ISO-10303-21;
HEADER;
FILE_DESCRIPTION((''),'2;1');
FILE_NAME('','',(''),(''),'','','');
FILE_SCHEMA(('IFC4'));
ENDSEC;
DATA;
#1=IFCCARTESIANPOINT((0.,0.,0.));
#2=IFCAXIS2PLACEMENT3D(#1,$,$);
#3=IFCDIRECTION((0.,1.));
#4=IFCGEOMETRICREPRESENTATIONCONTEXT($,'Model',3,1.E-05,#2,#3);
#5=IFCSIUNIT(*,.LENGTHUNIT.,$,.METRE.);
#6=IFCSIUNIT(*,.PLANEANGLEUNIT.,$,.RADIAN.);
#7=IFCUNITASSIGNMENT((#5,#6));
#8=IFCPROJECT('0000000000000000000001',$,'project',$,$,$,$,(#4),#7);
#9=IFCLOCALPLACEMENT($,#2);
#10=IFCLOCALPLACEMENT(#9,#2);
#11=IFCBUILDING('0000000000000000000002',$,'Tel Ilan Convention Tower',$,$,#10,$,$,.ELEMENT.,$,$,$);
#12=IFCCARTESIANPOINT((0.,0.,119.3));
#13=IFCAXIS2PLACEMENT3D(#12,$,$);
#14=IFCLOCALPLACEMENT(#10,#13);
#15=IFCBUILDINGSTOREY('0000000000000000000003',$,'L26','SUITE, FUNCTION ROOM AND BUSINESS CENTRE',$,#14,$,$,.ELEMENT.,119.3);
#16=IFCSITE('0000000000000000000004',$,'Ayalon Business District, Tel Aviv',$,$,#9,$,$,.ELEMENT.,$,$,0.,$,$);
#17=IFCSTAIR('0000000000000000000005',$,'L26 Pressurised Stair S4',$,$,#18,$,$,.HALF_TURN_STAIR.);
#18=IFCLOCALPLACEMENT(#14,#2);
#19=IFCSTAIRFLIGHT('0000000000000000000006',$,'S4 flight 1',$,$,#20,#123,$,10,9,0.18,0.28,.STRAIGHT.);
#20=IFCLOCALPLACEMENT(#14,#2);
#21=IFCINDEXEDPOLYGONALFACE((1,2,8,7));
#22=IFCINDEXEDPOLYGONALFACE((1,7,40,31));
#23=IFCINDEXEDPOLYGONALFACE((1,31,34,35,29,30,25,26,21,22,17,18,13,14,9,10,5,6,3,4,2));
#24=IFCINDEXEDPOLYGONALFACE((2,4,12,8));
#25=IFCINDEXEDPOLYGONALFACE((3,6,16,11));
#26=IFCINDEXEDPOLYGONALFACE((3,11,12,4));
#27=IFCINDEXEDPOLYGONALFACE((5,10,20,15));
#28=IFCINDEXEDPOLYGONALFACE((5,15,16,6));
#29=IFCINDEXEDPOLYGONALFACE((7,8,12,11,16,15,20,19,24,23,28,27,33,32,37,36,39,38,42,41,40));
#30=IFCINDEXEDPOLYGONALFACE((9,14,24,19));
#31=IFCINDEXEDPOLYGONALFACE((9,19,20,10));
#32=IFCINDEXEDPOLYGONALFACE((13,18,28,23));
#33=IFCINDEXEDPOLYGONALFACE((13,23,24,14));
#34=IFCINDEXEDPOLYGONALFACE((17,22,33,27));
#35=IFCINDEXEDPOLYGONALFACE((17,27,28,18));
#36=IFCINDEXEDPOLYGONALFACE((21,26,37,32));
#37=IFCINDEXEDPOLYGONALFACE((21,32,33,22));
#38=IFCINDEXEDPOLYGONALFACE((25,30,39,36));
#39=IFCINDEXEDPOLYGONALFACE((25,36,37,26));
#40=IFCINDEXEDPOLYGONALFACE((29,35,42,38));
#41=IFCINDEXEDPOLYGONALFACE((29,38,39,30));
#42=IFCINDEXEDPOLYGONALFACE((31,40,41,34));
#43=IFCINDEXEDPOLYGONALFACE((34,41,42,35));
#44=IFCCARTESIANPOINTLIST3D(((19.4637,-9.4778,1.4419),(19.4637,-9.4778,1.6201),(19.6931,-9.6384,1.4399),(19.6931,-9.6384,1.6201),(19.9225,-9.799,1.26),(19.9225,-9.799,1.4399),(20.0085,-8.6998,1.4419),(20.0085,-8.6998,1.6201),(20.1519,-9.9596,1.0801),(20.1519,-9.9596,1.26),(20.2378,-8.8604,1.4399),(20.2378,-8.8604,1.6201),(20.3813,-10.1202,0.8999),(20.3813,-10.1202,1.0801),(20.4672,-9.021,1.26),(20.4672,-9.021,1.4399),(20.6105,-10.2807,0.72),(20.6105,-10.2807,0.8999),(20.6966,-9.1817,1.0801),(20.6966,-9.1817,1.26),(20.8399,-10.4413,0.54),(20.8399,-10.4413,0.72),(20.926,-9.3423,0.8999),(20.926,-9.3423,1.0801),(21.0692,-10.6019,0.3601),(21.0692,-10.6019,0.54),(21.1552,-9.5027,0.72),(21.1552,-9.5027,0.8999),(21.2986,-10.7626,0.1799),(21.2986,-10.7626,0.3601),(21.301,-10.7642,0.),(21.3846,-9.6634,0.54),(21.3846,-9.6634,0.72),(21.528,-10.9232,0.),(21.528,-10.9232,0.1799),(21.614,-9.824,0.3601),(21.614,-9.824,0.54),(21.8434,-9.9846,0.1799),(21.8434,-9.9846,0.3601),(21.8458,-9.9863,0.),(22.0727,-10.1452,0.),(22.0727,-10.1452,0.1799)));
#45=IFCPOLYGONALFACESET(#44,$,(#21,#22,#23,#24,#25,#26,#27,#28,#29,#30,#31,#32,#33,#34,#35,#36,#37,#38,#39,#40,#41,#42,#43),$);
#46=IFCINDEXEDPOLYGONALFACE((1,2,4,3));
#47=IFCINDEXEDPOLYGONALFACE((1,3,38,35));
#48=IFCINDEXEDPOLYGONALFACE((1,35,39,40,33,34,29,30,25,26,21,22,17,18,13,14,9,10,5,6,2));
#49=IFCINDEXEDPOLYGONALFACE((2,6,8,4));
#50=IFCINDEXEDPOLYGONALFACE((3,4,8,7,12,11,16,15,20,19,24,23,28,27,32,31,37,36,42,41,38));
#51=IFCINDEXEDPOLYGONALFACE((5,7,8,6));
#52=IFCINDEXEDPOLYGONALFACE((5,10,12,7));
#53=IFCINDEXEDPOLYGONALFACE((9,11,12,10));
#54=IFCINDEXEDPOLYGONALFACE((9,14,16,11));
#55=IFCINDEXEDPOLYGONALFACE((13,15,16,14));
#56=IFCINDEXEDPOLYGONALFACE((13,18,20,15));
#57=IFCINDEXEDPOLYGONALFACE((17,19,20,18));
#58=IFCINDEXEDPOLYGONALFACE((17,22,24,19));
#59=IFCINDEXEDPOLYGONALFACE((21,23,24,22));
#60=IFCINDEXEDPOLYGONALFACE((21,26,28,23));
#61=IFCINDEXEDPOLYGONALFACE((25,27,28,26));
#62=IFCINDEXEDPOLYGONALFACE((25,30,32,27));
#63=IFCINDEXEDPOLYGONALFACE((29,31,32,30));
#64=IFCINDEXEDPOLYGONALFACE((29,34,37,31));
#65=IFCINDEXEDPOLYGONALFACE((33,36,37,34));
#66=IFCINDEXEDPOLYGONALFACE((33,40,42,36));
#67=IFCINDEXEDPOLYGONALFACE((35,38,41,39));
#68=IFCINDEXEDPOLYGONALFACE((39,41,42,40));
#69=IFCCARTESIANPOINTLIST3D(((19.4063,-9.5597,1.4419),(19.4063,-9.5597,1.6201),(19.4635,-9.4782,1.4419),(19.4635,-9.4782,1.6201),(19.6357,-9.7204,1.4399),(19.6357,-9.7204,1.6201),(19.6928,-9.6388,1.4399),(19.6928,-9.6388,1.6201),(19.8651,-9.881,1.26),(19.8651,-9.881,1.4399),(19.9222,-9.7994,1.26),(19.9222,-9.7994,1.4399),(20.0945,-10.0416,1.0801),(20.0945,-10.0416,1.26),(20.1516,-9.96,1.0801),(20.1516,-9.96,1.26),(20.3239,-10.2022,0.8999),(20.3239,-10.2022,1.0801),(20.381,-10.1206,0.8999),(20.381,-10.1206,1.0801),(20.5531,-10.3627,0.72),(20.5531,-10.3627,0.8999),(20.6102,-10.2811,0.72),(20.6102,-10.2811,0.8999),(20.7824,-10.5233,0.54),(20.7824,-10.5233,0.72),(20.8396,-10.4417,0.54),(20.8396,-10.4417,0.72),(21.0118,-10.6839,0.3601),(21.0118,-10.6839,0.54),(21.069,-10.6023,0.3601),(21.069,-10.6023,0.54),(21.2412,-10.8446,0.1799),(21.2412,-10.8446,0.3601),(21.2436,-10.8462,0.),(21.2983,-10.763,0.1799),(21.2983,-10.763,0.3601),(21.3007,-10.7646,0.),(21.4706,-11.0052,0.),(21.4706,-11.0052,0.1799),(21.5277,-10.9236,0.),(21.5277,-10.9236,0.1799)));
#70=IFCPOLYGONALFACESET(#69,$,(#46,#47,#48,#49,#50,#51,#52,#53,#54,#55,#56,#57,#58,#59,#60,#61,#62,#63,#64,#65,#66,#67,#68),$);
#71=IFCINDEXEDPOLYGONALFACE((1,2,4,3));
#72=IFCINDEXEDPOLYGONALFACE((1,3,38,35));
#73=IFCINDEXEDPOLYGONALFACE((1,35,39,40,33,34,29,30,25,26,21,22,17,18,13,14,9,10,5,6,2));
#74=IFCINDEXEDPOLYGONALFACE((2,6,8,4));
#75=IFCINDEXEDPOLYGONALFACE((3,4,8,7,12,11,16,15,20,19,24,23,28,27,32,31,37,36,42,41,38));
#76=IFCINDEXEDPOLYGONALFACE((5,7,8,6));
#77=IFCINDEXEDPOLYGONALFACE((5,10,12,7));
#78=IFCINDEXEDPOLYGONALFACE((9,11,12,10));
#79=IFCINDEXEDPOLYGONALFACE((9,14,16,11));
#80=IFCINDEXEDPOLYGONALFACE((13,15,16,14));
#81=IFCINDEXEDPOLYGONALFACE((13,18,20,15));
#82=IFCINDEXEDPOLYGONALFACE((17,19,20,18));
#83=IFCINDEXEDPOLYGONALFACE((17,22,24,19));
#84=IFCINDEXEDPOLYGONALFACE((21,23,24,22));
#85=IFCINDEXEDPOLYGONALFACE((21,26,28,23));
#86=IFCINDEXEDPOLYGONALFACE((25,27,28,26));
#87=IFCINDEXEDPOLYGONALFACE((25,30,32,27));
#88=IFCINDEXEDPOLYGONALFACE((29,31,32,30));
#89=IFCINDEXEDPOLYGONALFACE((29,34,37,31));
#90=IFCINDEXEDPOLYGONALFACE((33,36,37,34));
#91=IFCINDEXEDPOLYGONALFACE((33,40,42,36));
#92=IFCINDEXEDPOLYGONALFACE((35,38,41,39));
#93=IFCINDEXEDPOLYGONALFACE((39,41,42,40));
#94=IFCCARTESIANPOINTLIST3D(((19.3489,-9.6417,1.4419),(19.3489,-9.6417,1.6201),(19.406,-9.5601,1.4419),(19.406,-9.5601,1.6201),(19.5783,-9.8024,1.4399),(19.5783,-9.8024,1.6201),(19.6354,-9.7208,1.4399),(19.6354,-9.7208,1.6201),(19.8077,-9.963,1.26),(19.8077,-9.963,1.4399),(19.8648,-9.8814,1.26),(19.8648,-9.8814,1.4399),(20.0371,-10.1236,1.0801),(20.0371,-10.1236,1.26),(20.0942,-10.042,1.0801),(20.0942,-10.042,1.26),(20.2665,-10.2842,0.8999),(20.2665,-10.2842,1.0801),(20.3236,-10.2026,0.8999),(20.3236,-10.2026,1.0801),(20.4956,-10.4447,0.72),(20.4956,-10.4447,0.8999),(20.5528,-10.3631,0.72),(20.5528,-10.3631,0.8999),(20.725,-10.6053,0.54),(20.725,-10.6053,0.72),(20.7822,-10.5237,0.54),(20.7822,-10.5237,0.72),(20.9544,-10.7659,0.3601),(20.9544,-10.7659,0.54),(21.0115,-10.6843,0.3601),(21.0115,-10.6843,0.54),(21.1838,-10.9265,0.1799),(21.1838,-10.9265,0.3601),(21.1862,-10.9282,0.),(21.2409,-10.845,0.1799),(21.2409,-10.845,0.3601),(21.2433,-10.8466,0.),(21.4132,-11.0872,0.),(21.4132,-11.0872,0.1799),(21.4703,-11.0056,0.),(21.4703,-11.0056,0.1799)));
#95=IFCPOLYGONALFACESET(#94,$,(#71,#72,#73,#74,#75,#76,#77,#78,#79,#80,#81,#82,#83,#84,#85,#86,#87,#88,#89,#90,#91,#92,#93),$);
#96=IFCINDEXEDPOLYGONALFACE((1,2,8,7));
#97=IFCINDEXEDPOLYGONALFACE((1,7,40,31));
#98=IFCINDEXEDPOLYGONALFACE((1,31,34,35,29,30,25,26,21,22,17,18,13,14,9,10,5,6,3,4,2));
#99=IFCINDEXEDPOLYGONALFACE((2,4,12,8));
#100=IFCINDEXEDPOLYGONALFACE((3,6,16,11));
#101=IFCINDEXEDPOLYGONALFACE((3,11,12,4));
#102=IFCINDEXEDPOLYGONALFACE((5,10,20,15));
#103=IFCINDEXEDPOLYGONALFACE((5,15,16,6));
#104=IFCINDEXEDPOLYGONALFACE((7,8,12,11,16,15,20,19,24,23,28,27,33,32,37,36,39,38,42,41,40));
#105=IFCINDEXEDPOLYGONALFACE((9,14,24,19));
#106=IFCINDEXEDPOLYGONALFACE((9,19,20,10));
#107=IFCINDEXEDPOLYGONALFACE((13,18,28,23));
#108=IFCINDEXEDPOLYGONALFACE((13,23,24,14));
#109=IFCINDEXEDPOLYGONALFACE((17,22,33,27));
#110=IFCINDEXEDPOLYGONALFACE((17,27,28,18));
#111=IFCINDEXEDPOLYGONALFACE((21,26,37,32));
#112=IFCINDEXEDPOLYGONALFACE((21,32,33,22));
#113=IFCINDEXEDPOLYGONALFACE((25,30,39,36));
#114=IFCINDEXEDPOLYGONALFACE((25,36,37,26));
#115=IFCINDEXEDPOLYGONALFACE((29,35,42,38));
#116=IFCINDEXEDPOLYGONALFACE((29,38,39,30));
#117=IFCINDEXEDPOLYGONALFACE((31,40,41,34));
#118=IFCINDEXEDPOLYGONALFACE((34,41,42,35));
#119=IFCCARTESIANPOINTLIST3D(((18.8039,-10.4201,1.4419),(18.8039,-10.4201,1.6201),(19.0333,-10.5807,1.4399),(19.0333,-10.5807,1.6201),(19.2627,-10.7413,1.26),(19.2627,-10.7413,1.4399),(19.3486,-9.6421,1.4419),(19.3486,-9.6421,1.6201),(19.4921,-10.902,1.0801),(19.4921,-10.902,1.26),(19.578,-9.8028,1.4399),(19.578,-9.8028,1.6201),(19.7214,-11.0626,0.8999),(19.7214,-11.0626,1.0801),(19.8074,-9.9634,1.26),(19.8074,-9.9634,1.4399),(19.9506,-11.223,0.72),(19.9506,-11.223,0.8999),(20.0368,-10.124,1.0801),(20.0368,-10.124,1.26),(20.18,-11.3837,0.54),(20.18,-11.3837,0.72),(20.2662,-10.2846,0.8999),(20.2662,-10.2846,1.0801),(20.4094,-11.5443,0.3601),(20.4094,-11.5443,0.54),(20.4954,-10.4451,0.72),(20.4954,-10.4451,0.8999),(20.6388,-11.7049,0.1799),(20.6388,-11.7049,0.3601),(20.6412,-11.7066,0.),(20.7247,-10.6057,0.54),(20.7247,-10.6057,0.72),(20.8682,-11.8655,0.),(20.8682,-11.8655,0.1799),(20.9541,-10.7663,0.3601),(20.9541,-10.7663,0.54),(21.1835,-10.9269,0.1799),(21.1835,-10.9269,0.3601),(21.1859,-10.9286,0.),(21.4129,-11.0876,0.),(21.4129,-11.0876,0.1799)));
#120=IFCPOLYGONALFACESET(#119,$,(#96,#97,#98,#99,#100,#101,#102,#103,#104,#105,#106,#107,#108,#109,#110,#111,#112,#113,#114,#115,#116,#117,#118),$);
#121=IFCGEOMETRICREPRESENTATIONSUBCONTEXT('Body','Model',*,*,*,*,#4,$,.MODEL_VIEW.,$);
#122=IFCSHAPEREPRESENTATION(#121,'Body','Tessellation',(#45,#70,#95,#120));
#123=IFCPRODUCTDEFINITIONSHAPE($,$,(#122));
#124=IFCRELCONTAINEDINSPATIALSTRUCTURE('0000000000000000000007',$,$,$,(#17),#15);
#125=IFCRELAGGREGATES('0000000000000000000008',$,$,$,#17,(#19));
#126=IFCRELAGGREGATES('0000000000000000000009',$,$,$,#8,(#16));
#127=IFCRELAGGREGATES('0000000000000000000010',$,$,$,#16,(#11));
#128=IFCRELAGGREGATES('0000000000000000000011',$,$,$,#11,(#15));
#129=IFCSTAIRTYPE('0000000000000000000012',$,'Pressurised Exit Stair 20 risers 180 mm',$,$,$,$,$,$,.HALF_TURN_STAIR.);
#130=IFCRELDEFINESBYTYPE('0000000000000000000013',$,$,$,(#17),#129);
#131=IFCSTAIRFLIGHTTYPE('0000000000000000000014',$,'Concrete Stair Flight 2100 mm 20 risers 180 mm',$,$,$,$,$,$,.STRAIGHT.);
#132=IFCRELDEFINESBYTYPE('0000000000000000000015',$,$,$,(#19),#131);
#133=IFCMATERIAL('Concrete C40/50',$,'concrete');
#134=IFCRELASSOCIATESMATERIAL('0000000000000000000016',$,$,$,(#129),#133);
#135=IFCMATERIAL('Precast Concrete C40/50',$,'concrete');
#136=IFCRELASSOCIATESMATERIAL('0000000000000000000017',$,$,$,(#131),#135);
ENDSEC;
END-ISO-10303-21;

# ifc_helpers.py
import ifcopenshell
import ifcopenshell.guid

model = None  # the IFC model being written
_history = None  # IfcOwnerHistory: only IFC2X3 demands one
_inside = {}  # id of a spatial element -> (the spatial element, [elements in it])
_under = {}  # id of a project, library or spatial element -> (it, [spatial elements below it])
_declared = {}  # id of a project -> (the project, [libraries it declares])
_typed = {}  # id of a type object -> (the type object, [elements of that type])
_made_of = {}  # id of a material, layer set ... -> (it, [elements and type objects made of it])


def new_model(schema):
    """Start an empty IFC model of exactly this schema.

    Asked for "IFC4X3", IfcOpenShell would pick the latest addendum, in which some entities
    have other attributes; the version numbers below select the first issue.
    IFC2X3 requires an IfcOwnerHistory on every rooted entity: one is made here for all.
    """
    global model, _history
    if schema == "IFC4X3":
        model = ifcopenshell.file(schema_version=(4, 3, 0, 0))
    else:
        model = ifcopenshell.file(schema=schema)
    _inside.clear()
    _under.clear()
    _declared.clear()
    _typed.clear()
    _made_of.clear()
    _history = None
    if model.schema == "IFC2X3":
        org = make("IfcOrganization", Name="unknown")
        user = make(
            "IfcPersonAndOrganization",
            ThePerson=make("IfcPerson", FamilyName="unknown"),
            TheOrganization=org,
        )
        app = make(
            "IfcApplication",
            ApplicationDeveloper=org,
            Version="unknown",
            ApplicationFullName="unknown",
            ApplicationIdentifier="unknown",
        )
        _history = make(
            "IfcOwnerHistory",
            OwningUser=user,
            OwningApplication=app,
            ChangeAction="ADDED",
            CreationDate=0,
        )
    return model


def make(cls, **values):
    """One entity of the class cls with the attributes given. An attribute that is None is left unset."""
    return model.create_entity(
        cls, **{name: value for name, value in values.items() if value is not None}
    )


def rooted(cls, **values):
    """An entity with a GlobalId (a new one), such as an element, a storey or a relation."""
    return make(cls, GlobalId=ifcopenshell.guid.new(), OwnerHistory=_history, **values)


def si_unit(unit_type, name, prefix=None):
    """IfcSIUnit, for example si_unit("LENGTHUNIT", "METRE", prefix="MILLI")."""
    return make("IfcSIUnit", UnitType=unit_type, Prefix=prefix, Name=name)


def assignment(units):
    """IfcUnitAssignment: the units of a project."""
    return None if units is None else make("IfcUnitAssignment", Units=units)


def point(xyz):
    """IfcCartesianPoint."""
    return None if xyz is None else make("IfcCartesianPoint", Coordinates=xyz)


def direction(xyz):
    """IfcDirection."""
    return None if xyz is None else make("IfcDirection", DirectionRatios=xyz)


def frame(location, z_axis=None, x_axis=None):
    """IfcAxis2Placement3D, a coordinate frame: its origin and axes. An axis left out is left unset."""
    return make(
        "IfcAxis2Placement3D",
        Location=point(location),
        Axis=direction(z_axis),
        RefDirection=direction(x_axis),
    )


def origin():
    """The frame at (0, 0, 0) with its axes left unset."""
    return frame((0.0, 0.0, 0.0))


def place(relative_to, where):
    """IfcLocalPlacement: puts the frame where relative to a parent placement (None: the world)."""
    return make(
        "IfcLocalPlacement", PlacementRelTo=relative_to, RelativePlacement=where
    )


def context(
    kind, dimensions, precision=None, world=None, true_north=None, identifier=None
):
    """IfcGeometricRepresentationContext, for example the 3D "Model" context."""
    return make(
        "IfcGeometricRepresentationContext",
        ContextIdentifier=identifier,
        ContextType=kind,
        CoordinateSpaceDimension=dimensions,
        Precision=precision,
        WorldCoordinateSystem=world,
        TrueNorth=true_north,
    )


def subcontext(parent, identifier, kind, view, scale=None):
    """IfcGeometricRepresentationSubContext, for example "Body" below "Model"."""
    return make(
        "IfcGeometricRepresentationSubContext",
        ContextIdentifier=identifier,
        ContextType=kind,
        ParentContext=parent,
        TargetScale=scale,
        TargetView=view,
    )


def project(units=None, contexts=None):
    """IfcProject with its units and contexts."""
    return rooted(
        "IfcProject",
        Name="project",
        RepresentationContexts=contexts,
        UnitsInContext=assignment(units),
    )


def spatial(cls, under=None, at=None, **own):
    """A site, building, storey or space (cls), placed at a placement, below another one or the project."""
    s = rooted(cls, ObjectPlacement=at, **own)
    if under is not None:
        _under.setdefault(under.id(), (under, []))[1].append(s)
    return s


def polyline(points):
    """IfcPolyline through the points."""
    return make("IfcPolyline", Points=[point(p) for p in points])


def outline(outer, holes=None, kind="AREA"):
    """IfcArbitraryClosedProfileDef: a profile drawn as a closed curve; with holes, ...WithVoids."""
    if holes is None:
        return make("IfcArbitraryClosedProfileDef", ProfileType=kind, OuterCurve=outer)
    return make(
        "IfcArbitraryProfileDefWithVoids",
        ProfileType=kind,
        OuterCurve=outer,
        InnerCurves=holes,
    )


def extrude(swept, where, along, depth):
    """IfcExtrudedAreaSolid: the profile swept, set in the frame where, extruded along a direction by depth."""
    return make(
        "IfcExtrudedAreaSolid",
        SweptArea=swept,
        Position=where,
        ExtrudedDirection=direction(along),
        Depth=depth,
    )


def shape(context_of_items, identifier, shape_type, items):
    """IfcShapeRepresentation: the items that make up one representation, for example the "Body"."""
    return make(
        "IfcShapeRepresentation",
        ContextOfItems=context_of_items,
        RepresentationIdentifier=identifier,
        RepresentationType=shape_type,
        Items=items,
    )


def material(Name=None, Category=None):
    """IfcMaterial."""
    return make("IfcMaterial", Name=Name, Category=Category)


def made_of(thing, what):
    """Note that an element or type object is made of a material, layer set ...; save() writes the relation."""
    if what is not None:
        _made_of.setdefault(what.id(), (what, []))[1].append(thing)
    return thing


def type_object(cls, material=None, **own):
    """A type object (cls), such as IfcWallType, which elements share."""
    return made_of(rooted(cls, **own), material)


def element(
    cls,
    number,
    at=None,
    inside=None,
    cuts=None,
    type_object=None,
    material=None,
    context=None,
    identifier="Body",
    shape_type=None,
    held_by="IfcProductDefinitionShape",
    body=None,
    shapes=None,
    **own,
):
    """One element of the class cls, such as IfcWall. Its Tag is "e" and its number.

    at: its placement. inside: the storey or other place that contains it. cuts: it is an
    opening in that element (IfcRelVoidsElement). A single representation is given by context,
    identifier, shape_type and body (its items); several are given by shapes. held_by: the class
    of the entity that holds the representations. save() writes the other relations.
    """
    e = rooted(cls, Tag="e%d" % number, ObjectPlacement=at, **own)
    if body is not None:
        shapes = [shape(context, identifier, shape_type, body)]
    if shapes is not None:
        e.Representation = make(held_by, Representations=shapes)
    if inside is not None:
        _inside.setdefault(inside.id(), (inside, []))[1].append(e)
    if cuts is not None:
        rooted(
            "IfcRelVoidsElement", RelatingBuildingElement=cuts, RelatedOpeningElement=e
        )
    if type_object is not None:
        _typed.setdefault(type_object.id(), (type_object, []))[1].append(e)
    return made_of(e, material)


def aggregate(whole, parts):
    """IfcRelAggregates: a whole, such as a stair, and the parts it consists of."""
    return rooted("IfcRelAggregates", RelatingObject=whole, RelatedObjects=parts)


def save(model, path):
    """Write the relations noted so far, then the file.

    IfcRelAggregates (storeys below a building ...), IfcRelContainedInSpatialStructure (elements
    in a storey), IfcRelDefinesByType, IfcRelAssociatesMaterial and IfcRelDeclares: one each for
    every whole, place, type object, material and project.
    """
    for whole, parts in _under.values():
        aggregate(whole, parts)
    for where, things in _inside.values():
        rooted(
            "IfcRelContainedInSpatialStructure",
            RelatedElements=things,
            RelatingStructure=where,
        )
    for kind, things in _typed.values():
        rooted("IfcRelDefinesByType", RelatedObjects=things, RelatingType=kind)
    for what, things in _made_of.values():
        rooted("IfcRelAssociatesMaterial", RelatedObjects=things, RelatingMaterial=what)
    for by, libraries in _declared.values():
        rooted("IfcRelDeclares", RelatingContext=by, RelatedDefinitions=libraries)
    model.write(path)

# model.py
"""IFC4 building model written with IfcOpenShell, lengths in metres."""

from ifc_helpers import new_model, si_unit, direction, frame, origin, place, context, subcontext, project, spatial, polyline, outline, extrude, material, type_object, element, aggregate, save


model = new_model("IFC4")

# Units and contexts
model_context = context("Model", 3, precision=1e-05, world=origin(), true_north=direction((0.0, 1.0)))
body_context = subcontext(model_context, "Body", "Model", "MODEL_VIEW")
ifc_project = project(units=[si_unit("LENGTHUNIT", "METRE"), si_unit("PLANEANGLEUNIT", "RADIAN")], contexts=[model_context])

# Site, building, storey
site_placement = place(None, origin())
site = spatial("IfcSite", under=ifc_project, at=site_placement, Name="Ayalon Business District, Tel Aviv", CompositionType="ELEMENT", RefElevation=0.0)
building_placement = place(site_placement, origin())
building = spatial("IfcBuilding", under=site, at=building_placement, Name="Tel Ilan Convention Tower", CompositionType="ELEMENT")
storey_placement = place(building_placement, frame((0.0, 0.0, 119.3)))
storey = spatial("IfcBuildingStorey", under=building, at=storey_placement, Name="L26", Description="SUITE, FUNCTION ROOM AND BUSINESS CENTRE", CompositionType="ELEMENT", Elevation=119.3)

# Stair, stair flight
ifc_material_1 = material(Name="Concrete C40/50", Category="concrete")
stair_type = type_object("IfcStairType", Name="Pressurised Exit Stair 20 risers 180 mm", PredefinedType="HALF_TURN_STAIR", material=ifc_material_1)
ifc_material_2 = material(Name="Precast Concrete C40/50", Category="concrete")
stair_flight_type = type_object("IfcStairFlightType", Name="Concrete Stair Flight 2100 mm 20 risers 180 mm", PredefinedType="STRAIGHT", material=ifc_material_2)
stair_1_placement = place(storey_placement, origin())
stair_1 = element("IfcStair", 1, at=stair_1_placement, inside=storey, type_object=stair_type, Name="L26 Pressurised Stair S4", PredefinedType="HALF_TURN_STAIR")
stair_flight_1_placement = place(storey_placement, frame((21.4705, -11.0054, 0.0), z_axis=(0.0, 0.0, 1.0), x_axis=(-0.819152, 0.573576, 0.0)))
stair_flight_1 = element("IfcStairFlight", 2, at=stair_flight_1_placement, type_object=stair_flight_type, Name="S4 flight 1", NumberOfRisers=10, NumberOfTreads=9, PredefinedType="STRAIGHT", RiserHeight=0.18, TreadLength=0.28, context=body_context, shape_type="SweptSolid", body=[
    extrude(outline(polyline([(0.0, 0.0), (0.0, 0.1799), (0.28, 0.1799), (0.28, 0.3601), (0.5601, 0.3601), (0.5601, 0.54), (0.8401, 0.54), (0.8401, 0.72), (1.1201, 0.72), (1.1201, 0.8999), (1.3999, 0.8999), (1.3999, 1.0801), (1.6799, 1.0801), (1.6799, 1.26), (1.96, 1.26), (1.96, 1.4399), (2.24, 1.4399), (2.24, 1.6201), (2.52, 1.6201), (2.52, 1.8), (2.52, 1.4419), (0.2771, 0.0), (0.0, 0.0)])), frame((0.0, -0.1003, 0.0), z_axis=(0.0, -1.0, 0.0), x_axis=(1.0, 0.0, 0.0)), (0.0, 0.0, 1.0), 0.9497),
    extrude(outline(polyline([(0.0, 0.0), (0.0, 0.1799), (0.28, 0.1799), (0.28, 0.3601), (0.5601, 0.3601), (0.5601, 0.54), (0.8401, 0.54), (0.8401, 0.72), (1.1201, 0.72), (1.1201, 0.8999), (1.3999, 0.8999), (1.3999, 1.0801), (1.6799, 1.0801), (1.6799, 1.26), (1.96, 1.26), (1.96, 1.4399), (2.24, 1.4399), (2.24, 1.6201), (2.52, 1.6201), (2.52, 1.8), (2.52, 1.4419), (0.2771, 0.0), (0.0, 0.0)])), frame((0.0, -0.0002, 0.0), z_axis=(0.0, -1.0, 0.0), x_axis=(1.0, 0.0, 0.0)), (0.0, 0.0, 1.0), 0.0996),
    extrude(outline(polyline([(0.0, 0.0), (0.0, 0.1799), (0.28, 0.1799), (0.28, 0.3601), (0.5601, 0.3601), (0.5601, 0.54), (0.8401, 0.54), (0.8401, 0.72), (1.1201, 0.72), (1.1201, 0.8999), (1.3999, 0.8999), (1.3999, 1.0801), (1.6799, 1.0801), (1.6799, 1.26), (1.96, 1.26), (1.96, 1.4399), (2.24, 1.4399), (2.24, 1.6201), (2.52, 1.6201), (2.52, 1.8), (2.52, 1.4419), (0.2771, 0.0), (0.0, 0.0)])), frame((0.0, 0.0999, 0.0), z_axis=(0.0, -1.0, 0.0), x_axis=(1.0, 0.0, 0.0)), (0.0, 0.0, 1.0), 0.0996),
    extrude(outline(polyline([(0.0, 0.0), (0.0, 0.1799), (0.28, 0.1799), (0.28, 0.3601), (0.5601, 0.3601), (0.5601, 0.54), (0.8401, 0.54), (0.8401, 0.72), (1.1201, 0.72), (1.1201, 0.8999), (1.3999, 0.8999), (1.3999, 1.0801), (1.6799, 1.0801), (1.6799, 1.26), (1.96, 1.26), (1.96, 1.4399), (2.24, 1.4399), (2.24, 1.6201), (2.52, 1.6201), (2.52, 1.8), (2.52, 1.4419), (0.2771, 0.0), (0.0, 0.0)])), frame((0.0, 1.05, 0.0), z_axis=(0.0, -1.0, 0.0), x_axis=(1.0, 0.0, 0.0)), (0.0, 0.0, 1.0), 0.9497),
])
aggregate(stair_1, [stair_flight_1])

save(model, "model.ifc")
